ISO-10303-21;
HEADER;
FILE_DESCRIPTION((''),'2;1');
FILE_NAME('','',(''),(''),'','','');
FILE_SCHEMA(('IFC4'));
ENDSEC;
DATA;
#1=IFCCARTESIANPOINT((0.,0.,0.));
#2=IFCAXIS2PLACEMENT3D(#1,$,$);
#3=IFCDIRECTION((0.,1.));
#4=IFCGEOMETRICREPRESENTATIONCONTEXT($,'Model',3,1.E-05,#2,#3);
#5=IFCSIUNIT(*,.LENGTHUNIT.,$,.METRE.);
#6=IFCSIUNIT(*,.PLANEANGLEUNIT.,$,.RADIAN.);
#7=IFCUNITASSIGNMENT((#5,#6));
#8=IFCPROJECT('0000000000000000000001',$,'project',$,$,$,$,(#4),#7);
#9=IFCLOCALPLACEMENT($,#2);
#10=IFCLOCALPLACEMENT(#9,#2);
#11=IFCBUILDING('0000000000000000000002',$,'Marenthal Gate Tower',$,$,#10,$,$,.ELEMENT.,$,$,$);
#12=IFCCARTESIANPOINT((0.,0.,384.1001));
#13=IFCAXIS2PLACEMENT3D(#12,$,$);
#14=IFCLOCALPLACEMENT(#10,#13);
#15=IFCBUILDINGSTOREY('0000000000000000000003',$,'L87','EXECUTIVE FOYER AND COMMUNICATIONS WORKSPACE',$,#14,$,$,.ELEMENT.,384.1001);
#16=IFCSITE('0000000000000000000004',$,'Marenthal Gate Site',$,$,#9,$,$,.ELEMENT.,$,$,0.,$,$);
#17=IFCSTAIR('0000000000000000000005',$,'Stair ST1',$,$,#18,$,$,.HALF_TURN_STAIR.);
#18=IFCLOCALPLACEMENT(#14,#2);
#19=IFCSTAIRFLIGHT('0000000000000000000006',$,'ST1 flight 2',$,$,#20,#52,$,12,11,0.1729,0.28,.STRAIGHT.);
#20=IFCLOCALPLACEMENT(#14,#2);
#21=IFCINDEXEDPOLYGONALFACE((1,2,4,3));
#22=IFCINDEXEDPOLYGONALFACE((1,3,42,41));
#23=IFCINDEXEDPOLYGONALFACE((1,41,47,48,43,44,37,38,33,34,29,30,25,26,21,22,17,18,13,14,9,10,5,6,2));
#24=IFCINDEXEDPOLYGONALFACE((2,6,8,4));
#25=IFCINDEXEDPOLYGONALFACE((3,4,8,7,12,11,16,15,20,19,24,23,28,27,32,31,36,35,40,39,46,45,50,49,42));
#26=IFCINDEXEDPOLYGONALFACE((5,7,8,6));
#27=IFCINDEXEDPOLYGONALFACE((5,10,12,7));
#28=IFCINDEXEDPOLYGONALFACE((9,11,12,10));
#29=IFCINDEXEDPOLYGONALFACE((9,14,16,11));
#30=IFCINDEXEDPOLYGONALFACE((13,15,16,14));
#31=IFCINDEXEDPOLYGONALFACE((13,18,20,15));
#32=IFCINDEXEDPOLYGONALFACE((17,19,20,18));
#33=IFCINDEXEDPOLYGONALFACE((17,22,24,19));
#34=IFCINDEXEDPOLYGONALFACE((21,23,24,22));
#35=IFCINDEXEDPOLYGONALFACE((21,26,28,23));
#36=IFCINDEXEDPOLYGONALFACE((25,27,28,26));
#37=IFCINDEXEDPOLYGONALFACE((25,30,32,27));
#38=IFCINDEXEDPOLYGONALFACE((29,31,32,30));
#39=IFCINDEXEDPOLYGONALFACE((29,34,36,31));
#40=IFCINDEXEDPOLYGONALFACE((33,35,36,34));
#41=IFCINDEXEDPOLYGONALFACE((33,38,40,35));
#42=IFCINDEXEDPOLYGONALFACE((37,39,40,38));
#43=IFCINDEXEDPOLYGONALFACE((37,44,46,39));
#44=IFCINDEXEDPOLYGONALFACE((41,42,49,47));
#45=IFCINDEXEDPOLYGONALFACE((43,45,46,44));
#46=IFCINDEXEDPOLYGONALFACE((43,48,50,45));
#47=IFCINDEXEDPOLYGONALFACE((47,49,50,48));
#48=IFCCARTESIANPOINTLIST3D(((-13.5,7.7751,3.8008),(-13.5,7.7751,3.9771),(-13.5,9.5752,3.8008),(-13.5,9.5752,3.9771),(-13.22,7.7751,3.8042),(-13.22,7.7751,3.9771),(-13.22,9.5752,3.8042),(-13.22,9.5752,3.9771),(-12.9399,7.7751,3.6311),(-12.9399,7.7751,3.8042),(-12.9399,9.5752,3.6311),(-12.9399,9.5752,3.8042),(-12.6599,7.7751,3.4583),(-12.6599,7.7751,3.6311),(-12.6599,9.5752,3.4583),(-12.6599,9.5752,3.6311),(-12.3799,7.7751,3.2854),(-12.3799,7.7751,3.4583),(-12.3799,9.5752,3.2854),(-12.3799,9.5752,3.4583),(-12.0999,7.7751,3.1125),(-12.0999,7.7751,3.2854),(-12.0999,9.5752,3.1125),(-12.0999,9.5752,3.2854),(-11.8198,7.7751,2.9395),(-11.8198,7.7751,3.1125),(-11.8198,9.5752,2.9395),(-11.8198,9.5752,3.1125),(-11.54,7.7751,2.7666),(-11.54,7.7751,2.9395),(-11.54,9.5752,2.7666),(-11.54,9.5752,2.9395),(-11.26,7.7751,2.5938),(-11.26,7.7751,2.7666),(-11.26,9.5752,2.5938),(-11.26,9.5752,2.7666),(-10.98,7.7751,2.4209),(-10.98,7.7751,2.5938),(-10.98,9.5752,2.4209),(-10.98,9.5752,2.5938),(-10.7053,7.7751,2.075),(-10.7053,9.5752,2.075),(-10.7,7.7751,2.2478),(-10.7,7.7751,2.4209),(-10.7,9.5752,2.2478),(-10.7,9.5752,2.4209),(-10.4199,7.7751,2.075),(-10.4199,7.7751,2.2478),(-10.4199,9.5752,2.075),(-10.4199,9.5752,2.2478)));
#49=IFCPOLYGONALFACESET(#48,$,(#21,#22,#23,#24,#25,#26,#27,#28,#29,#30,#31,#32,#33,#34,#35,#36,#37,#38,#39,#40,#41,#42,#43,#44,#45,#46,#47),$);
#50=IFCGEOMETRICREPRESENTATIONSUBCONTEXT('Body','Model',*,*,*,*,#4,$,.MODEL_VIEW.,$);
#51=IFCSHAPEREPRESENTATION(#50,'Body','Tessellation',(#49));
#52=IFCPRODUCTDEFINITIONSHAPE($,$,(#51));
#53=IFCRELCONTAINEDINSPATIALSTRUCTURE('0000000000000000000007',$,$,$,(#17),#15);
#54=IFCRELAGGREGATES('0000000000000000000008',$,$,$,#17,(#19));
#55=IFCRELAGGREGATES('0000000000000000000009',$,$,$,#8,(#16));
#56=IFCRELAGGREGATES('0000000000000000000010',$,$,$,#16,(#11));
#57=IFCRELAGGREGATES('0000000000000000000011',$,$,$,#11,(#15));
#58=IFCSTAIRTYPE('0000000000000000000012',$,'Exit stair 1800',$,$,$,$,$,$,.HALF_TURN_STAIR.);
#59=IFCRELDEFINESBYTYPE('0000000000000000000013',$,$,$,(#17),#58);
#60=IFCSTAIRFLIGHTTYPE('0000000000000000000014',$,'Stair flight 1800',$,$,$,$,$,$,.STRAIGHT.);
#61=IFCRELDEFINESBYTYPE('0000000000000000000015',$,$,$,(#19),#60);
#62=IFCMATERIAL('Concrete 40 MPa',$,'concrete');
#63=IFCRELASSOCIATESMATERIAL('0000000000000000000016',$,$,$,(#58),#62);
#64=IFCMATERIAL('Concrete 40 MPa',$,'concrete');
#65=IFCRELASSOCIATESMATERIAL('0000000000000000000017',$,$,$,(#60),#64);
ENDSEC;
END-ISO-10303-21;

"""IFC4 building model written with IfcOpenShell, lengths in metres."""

from ifc_helpers import new_model, si_unit, direction, frame, origin, place, context, subcontext, project, spatial, polyline, outline, extrude, material, type_object, element, aggregate, save


model = new_model("IFC4")

# Units and contexts
model_context = context("Model", 3, precision=1e-05, world=origin(), true_north=direction((0.0, 1.0)))
body_context = subcontext(model_context, "Body", "Model", "MODEL_VIEW")
ifc_project = project(units=[si_unit("LENGTHUNIT", "METRE"), si_unit("PLANEANGLEUNIT", "RADIAN")], contexts=[model_context])

# Site, building, storey
site_placement = place(None, origin())
site = spatial("IfcSite", under=ifc_project, at=site_placement, Name="Marenthal Gate Site", CompositionType="ELEMENT", RefElevation=0.0)
building_placement = place(site_placement, origin())
building = spatial("IfcBuilding", under=site, at=building_placement, Name="Marenthal Gate Tower", CompositionType="ELEMENT")
storey_placement = place(building_placement, frame((0.0, 0.0, 384.1001)))
storey = spatial("IfcBuildingStorey", under=building, at=storey_placement, Name="L87", Description="EXECUTIVE FOYER AND COMMUNICATIONS WORKSPACE", CompositionType="ELEMENT", Elevation=384.1001)

# Stair, stair flight
ifc_material_1 = material(Name="Concrete 40 MPa", Category="concrete")
stair_type = type_object("IfcStairType", Name="Exit stair 1800", PredefinedType="HALF_TURN_STAIR", material=ifc_material_1)
stair_placement = place(storey_placement, origin())
stair = element("IfcStair", 1, at=stair_placement, inside=storey, type_object=stair_type, Name="Stair ST1", PredefinedType="HALF_TURN_STAIR")
ifc_material_2 = material(Name="Concrete 40 MPa", Category="concrete")
stair_flight_type = type_object("IfcStairFlightType", Name="Stair flight 1800", PredefinedType="STRAIGHT", material=ifc_material_2)
stair_flight_1_placement = place(storey_placement, frame((-10.4199, 8.675, 2.075), z_axis=(0.0, 0.0, 1.0), x_axis=(-1.0, 0.0, 0.0)))
stair_flight_1 = element("IfcStairFlight", 2, at=stair_flight_1_placement, type_object=stair_flight_type, Name="ST1 flight 2", NumberOfRisers=12, NumberOfTreads=11, PredefinedType="STRAIGHT", RiserHeight=0.1729, TreadLength=0.28, context=body_context, shape_type="SweptSolid", body=[
    extrude(outline(polyline([(0.0, 0.0), (0.0, 0.1729), (0.28, 0.1729), (0.28, 0.3459), (0.5601, 0.3459), (0.5601, 0.5188), (0.8401, 0.5188), (0.8401, 0.6917), (1.1201, 0.6917), (1.1201, 0.8645), (1.3999, 0.8645), (1.3999, 1.0376), (1.6799, 1.0376), (1.6799, 1.2104), (1.96, 1.2104), (1.96, 1.3833), (2.24, 1.3833), (2.24, 1.5562), (2.52, 1.5562), (2.52, 1.7292), (2.8, 1.7292), (2.8, 1.9021), (3.0801, 1.9021), (3.0801, 2.075), (3.0801, 1.7258), (0.2854, 0.0), (0.0, 0.0)])), frame((0.0, 0.8999, 0.0), z_axis=(0.0, -1.0, 0.0), x_axis=(1.0, 0.0, 0.0)), (0.0, 0.0, 1.0), 1.8),
])
aggregate(stair, [stair_flight_1])

save(model, "model.ifc")
